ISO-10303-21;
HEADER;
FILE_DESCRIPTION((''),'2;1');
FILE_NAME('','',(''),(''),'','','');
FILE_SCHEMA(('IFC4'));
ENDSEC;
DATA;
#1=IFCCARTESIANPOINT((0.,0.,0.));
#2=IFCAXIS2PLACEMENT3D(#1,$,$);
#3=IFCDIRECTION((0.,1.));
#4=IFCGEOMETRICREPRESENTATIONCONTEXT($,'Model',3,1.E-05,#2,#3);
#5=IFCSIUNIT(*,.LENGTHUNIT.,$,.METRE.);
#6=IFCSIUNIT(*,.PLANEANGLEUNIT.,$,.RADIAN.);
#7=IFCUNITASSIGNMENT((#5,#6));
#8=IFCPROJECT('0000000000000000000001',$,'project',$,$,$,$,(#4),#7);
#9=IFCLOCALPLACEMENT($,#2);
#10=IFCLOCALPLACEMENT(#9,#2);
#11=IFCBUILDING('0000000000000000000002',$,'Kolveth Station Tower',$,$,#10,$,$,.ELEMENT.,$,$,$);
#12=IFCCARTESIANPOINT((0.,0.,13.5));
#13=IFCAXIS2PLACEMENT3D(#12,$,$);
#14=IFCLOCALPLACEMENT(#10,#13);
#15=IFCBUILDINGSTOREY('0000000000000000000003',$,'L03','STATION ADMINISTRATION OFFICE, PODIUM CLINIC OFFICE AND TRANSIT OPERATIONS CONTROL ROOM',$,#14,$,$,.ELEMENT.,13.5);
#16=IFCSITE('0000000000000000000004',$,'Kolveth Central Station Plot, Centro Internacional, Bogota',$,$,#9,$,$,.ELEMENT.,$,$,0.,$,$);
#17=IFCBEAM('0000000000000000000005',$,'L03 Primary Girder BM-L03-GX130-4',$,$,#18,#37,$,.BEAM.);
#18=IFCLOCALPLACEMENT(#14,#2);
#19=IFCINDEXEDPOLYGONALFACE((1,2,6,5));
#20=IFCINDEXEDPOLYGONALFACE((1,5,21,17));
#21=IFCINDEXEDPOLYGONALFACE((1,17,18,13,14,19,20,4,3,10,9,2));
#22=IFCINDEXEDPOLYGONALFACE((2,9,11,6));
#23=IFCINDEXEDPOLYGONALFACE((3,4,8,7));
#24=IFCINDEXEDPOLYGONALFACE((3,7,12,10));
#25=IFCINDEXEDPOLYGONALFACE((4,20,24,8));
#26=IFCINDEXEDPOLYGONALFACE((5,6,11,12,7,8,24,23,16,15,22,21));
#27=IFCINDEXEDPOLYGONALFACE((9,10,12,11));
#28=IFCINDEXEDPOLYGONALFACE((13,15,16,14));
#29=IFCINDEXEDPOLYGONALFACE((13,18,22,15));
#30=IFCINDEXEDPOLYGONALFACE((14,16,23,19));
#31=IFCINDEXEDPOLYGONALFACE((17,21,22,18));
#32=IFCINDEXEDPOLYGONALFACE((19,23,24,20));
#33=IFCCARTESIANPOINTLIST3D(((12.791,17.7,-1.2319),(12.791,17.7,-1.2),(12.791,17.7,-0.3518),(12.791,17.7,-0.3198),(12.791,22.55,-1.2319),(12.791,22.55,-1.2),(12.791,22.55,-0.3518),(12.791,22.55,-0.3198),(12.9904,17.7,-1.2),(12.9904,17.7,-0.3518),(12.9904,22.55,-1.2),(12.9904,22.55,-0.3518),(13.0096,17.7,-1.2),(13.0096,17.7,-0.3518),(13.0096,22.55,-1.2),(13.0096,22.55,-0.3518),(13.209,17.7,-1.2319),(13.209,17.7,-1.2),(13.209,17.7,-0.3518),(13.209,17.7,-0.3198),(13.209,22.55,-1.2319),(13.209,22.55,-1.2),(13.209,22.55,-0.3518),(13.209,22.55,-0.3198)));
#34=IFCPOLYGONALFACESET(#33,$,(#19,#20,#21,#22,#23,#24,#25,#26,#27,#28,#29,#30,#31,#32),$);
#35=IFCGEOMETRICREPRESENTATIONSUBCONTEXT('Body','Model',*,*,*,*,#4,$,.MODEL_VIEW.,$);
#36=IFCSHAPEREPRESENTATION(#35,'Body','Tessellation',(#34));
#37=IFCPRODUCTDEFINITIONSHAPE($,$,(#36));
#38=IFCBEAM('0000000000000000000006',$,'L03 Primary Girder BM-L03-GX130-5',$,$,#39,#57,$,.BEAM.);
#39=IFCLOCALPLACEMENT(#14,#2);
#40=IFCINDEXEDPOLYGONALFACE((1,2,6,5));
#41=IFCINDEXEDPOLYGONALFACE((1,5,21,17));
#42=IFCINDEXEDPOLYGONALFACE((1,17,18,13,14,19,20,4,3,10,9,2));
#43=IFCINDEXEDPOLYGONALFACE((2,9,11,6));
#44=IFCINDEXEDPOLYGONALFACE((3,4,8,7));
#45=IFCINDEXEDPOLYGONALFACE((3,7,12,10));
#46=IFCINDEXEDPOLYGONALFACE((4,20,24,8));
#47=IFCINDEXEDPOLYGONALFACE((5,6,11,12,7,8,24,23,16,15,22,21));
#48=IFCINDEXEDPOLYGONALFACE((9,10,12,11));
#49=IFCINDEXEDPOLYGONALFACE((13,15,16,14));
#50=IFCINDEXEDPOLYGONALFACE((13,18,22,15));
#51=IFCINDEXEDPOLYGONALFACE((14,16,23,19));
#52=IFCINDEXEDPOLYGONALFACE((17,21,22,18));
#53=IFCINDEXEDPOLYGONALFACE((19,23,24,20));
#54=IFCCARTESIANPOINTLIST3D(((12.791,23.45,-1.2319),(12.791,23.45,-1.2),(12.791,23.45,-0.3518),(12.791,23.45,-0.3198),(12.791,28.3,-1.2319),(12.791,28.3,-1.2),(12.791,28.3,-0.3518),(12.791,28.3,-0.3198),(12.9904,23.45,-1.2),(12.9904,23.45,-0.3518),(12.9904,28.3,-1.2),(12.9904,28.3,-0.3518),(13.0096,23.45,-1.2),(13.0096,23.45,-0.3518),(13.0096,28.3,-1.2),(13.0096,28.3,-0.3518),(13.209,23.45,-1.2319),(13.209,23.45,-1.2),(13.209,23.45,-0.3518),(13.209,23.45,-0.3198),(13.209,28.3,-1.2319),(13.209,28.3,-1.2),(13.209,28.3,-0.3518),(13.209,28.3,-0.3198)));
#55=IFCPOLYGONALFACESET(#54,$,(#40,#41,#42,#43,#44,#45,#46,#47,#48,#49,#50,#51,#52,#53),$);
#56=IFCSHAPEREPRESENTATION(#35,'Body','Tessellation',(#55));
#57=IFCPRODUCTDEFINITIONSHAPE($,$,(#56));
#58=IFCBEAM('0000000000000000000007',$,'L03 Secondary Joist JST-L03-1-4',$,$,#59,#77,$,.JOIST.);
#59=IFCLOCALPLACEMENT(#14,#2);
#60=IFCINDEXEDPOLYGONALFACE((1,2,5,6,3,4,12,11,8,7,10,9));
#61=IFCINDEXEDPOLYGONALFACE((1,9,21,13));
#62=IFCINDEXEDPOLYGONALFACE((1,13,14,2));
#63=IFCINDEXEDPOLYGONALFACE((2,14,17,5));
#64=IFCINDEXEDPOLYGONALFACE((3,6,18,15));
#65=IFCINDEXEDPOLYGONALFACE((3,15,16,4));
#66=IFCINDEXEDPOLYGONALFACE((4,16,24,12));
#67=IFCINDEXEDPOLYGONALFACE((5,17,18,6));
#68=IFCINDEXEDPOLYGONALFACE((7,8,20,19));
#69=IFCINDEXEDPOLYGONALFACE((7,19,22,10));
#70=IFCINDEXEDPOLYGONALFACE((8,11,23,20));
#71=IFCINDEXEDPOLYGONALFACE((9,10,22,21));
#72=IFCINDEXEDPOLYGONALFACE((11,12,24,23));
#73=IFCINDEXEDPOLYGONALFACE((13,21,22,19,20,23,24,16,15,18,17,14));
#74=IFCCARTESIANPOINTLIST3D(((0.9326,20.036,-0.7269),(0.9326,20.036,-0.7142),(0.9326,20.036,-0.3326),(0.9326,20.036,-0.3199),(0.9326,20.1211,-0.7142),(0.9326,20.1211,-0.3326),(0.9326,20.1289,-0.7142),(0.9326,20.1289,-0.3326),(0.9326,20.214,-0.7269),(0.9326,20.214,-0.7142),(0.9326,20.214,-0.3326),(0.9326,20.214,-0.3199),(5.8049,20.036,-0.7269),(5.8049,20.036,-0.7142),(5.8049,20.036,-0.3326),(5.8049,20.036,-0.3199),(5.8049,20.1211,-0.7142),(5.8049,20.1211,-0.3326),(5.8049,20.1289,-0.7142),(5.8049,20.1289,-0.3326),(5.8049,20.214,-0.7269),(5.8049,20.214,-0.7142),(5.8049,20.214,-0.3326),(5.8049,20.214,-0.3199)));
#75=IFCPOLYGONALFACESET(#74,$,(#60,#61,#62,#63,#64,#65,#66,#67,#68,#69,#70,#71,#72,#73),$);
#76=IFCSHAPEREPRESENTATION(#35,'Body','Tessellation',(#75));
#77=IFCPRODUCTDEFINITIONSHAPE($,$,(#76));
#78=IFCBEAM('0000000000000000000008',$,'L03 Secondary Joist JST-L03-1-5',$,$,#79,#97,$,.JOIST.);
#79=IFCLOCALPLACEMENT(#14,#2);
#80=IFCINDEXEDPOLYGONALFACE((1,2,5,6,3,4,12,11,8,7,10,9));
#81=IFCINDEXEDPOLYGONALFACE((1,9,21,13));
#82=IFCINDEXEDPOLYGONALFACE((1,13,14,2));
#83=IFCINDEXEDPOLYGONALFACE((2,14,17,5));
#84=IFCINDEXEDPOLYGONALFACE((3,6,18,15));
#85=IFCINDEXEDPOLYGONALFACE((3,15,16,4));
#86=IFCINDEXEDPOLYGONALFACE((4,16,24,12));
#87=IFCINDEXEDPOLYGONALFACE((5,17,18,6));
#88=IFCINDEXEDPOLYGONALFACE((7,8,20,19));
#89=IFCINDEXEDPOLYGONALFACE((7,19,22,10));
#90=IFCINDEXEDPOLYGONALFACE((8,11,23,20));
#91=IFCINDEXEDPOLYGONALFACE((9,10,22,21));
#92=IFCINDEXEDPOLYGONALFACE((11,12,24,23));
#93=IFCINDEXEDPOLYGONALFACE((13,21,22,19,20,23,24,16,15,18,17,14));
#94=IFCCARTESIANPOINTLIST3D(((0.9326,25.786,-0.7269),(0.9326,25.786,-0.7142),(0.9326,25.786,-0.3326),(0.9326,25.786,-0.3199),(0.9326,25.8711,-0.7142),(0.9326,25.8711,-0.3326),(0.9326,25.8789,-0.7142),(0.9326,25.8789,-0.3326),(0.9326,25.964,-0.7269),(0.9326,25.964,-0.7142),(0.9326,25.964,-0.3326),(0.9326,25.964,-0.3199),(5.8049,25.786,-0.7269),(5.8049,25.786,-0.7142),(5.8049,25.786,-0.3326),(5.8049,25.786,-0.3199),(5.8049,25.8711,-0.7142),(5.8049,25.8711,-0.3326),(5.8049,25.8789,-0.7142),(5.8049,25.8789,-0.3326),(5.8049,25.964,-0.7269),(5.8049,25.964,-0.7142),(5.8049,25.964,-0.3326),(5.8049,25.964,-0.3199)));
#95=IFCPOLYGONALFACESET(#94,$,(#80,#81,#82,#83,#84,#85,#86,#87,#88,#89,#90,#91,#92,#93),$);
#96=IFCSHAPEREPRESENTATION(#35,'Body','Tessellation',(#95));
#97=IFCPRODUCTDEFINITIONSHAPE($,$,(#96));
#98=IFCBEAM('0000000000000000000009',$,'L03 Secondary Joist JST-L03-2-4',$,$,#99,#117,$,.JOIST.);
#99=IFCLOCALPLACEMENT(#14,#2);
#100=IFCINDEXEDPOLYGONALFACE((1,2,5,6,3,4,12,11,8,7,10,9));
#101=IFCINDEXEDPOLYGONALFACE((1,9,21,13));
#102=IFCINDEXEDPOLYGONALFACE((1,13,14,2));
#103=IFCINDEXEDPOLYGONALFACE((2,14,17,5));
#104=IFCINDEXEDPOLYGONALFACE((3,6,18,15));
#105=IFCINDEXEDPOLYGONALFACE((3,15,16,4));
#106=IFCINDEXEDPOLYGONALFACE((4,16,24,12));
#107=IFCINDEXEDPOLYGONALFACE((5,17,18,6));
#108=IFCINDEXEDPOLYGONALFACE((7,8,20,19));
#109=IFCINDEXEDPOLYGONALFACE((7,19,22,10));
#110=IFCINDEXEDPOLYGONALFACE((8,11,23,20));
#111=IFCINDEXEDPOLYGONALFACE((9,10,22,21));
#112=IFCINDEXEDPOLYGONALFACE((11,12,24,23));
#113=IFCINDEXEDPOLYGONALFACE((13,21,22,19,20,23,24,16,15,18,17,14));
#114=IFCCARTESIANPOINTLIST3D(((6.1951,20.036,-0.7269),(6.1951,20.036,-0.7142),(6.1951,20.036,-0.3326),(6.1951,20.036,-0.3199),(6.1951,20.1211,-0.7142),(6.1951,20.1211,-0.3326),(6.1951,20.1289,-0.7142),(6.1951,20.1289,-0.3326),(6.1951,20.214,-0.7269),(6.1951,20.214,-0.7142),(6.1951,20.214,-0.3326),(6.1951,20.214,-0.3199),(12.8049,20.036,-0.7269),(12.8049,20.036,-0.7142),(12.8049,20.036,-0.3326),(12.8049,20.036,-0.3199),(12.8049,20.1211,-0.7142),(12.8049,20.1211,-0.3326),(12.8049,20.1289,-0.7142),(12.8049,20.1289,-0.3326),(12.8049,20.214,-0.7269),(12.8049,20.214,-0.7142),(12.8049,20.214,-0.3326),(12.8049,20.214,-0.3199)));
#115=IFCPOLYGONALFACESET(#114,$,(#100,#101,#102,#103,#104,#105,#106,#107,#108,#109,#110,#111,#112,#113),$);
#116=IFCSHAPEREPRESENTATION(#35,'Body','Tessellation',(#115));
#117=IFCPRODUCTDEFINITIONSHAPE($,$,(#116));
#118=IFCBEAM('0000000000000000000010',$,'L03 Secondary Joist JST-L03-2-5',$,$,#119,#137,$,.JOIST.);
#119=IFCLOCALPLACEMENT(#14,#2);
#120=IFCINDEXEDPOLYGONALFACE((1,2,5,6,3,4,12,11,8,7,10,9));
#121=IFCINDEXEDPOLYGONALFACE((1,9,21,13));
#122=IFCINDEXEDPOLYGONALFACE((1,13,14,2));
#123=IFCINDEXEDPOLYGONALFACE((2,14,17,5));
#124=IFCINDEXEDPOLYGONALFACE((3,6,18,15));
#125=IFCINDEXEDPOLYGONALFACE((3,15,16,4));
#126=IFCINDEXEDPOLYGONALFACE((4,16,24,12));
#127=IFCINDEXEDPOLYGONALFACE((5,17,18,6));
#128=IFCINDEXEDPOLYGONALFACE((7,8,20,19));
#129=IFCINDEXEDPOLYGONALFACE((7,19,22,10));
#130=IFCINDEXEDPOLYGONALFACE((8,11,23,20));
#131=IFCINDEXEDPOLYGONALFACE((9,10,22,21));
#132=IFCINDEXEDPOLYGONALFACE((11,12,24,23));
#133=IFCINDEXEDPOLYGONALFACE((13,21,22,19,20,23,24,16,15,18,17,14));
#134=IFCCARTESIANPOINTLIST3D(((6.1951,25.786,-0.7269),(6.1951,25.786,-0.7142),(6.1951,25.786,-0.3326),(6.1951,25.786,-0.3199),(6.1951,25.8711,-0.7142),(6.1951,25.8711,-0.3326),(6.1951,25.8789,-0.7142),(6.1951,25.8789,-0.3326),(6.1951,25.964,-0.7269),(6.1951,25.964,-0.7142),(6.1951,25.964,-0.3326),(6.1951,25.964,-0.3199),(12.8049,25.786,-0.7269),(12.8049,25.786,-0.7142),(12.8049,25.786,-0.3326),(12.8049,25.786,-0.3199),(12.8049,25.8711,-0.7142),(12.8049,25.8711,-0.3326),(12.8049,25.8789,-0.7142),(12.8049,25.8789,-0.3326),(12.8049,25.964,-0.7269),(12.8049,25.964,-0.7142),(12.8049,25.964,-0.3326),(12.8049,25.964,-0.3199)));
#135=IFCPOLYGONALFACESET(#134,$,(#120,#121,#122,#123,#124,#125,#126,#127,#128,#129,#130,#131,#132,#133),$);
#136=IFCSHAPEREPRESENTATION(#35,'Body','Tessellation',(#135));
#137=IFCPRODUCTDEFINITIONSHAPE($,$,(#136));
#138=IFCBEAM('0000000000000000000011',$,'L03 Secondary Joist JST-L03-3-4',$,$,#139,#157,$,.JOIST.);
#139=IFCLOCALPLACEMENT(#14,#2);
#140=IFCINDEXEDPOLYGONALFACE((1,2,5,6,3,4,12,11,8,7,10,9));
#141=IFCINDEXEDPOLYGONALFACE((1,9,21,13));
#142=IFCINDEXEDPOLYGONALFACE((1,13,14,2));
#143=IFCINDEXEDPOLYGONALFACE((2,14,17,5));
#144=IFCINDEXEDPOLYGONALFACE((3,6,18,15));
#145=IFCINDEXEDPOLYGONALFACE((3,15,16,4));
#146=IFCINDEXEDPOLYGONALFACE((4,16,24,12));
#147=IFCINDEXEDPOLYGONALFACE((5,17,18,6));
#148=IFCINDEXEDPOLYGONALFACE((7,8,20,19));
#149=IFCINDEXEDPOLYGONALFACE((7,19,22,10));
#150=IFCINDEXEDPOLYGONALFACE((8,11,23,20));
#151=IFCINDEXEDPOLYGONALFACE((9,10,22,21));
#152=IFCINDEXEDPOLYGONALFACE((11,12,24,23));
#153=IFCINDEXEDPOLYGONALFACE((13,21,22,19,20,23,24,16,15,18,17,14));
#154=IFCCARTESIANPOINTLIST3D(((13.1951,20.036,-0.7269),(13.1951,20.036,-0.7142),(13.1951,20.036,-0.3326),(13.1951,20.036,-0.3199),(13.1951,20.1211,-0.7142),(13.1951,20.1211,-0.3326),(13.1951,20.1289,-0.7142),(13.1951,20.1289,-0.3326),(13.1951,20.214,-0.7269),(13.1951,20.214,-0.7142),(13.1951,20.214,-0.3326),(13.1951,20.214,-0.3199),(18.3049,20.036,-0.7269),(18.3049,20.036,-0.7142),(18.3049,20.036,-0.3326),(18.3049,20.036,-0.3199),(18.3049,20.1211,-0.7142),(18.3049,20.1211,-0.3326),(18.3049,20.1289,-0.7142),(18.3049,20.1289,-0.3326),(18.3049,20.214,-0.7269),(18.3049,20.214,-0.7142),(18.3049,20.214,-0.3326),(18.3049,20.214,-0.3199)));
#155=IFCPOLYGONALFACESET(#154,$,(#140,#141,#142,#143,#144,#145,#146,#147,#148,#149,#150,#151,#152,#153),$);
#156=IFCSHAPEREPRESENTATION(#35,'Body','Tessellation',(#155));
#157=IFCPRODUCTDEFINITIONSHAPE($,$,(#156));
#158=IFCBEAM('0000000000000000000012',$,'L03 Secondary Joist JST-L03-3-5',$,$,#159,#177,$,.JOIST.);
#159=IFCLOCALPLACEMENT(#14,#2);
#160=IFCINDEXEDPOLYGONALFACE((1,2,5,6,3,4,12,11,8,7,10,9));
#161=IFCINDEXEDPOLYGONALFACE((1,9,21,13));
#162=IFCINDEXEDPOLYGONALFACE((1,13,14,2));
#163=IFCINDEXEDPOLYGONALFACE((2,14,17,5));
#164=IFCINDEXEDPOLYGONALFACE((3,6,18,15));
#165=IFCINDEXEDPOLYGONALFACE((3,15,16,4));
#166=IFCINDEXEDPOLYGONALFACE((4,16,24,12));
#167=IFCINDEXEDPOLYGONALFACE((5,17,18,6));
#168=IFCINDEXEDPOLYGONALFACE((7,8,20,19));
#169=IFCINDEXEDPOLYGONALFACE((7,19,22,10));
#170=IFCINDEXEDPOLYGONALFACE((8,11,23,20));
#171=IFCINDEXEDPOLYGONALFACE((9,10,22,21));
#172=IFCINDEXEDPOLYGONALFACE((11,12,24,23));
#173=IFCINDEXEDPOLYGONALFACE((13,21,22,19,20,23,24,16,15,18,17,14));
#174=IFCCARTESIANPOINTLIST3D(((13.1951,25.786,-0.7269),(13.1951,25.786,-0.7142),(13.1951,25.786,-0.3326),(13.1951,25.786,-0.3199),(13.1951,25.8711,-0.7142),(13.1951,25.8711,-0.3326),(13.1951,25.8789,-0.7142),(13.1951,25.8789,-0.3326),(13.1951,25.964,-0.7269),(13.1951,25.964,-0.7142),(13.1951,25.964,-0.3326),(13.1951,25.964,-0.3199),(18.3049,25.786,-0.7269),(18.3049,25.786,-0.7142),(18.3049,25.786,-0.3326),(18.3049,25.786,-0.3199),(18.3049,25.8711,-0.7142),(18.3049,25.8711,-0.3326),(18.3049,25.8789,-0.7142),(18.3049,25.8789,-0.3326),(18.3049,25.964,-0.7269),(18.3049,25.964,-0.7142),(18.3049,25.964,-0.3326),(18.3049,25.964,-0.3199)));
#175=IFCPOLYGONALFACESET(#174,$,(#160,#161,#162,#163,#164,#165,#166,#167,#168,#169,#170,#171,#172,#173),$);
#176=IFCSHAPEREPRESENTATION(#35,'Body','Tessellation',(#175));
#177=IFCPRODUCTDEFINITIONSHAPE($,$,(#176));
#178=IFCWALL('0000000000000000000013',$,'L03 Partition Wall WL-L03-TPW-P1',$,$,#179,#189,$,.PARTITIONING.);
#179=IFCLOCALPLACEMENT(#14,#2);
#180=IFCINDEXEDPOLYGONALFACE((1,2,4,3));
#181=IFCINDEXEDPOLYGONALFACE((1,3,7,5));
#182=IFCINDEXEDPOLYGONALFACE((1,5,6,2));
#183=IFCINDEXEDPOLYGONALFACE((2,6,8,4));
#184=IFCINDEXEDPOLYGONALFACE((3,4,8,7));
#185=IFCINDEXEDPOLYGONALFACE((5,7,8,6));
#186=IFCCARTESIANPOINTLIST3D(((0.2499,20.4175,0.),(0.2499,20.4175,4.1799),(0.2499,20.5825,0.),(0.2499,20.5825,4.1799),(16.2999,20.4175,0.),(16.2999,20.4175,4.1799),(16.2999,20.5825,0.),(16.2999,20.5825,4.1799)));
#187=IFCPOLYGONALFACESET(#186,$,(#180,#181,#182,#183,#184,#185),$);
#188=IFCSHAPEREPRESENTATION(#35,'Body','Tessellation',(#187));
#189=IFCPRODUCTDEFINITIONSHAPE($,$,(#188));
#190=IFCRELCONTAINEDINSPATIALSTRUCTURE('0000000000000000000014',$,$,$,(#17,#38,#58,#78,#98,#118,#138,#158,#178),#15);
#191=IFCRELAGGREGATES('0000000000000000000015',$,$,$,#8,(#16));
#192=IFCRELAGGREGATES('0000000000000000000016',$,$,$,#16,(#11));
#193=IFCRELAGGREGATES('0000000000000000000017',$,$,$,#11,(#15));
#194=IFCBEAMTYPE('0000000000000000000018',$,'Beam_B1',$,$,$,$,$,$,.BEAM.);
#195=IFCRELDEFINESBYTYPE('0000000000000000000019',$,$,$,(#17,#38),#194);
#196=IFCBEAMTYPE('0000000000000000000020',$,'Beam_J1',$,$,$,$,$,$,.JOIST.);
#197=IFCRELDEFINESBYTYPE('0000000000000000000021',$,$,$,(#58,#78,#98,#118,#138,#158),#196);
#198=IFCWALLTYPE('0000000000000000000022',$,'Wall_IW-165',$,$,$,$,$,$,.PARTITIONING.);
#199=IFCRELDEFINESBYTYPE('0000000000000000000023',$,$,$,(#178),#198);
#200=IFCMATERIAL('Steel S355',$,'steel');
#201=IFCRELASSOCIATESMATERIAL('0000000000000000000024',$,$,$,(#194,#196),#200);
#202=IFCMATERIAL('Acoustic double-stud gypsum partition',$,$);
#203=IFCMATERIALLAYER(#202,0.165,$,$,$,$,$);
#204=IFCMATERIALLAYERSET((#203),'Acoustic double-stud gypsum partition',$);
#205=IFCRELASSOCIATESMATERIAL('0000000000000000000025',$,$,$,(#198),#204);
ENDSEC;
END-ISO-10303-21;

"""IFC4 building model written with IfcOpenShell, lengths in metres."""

from ifc_helpers import new_model, si_unit, direction, frame, frame_2d, origin, origin_2d, place, context, subcontext, project, spatial, rectangle, i_section, extrude, source, transform, mapped, material, layer, layer_set, material_profile, profile_set, type_object, element, save


model = new_model("IFC4")

# Units and contexts
model_context = context("Model", 3, precision=1e-05, world=origin(), true_north=direction((0.0, 1.0)))
body_context = subcontext(model_context, "Body", "Model", "MODEL_VIEW")
ifc_project = project(units=[si_unit("LENGTHUNIT", "METRE"), si_unit("PLANEANGLEUNIT", "RADIAN")], contexts=[model_context])

# Site, building, storey
site_placement = place(None, origin())
site = spatial("IfcSite", under=ifc_project, at=site_placement, Name="Kolveth Central Station Plot, Centro Internacional, Bogota", CompositionType="ELEMENT", RefElevation=0.0)
building_placement = place(site_placement, origin())
building = spatial("IfcBuilding", under=site, at=building_placement, Name="Kolveth Station Tower", CompositionType="ELEMENT")
storey_placement = place(building_placement, frame((0.0, 0.0, 13.5)))
storey = spatial("IfcBuildingStorey", under=building, at=storey_placement, Name="L03", Description="STATION ADMINISTRATION OFFICE, PODIUM CLINIC OFFICE AND TRANSIT OPERATIONS CONTROL ROOM", CompositionType="ELEMENT", Elevation=13.5)

# Beams
ifc_material_1 = material(Name="Steel S355", Category="steel")
ifc_material_profile_1 = material_profile(ifc_material_1, i_section(OverallWidth=0.418, OverallDepth=0.9121, WebThickness=0.0193, FlangeThickness=0.032, at=origin_2d()), Name="W920x342")
ifc_profile_set_1 = profile_set([ifc_material_profile_1], Name="Steel S355")
beam_type_1 = type_object("IfcBeamType", Name="Beam_B1", PredefinedType="BEAM", material=ifc_profile_set_1)
shared_shape_1 = source(origin(), body_context, "Body", "SweptSolid", [
    extrude(i_section(OverallWidth=0.418, OverallDepth=0.9121, WebThickness=0.0193, FlangeThickness=0.032, at=origin_2d()), origin(), (0.0, 0.0, 1.0), 4.8501),
])
for number, where, z_axis, x_axis, name in (
    (1, (13.0, 17.7, -0.7759), (0.0, 1.0, 0.0), (-1.0, 0.0, 0.0), "L03 Primary Girder BM-L03-GX130-4"),
    (2, (13.0, 23.45, -0.7759), (0.0, 1.0, 0.0), (-1.0, 0.0, 0.0), "L03 Primary Girder BM-L03-GX130-5"),
):
    element("IfcBeam", number, at=place(storey_placement, frame(where, z_axis=z_axis, x_axis=x_axis)), inside=storey, type_object=beam_type_1, Name=name, PredefinedType="BEAM", context=body_context, shape_type="MappedRepresentation", body=[
        mapped(shared_shape_1, transform((0.0, 0.0, 0.0), x_axis=(1.0, 0.0, 0.0), y_axis=(0.0, 1.0, 0.0), z_axis=(0.0, 0.0, 1.0), scale=1.0)),
    ])
ifc_material_profile_2 = material_profile(ifc_material_1, i_section(OverallWidth=0.178, OverallDepth=0.407, WebThickness=0.0078, FlangeThickness=0.0127, at=origin_2d()), Name="W410x60")
ifc_profile_set_2 = profile_set([ifc_material_profile_2], Name="Steel S355")
beam_type_2 = type_object("IfcBeamType", Name="Beam_J1", PredefinedType="JOIST", material=ifc_profile_set_2)
shared_shape_2 = source(origin(), body_context, "Body", "SweptSolid", [
    extrude(i_section(OverallWidth=0.178, OverallDepth=0.407, WebThickness=0.0078, FlangeThickness=0.0127, at=origin_2d()), origin(), (0.0, 0.0, 1.0), 4.8723),
])
for number, where, z_axis, x_axis, name in (
    (3, (0.9326, 20.125, -0.5234), (1.0, 0.0, 0.0), (0.0, 1.0, 0.0), "L03 Secondary Joist JST-L03-1-4"),
    (4, (0.9326, 25.875, -0.5234), (1.0, 0.0, 0.0), (0.0, 1.0, 0.0), "L03 Secondary Joist JST-L03-1-5"),
):
    element("IfcBeam", number, at=place(storey_placement, frame(where, z_axis=z_axis, x_axis=x_axis)), inside=storey, type_object=beam_type_2, Name=name, PredefinedType="JOIST", context=body_context, shape_type="MappedRepresentation", body=[
        mapped(shared_shape_2, transform((0.0, 0.0, 0.0), x_axis=(1.0, 0.0, 0.0), y_axis=(0.0, 1.0, 0.0), z_axis=(0.0, 0.0, 1.0), scale=1.0)),
    ])
shared_shape_3 = source(origin(), body_context, "Body", "SweptSolid", [
    extrude(i_section(OverallWidth=0.178, OverallDepth=0.407, WebThickness=0.0078, FlangeThickness=0.0127, at=origin_2d()), origin(), (0.0, 0.0, 1.0), 6.6099),
])
for number, where, z_axis, x_axis, name in (
    (5, (6.1951, 20.125, -0.5234), (1.0, 0.0, 0.0), (0.0, 1.0, 0.0), "L03 Secondary Joist JST-L03-2-4"),
    (6, (6.1951, 25.875, -0.5234), (1.0, 0.0, 0.0), (0.0, 1.0, 0.0), "L03 Secondary Joist JST-L03-2-5"),
):
    element("IfcBeam", number, at=place(storey_placement, frame(where, z_axis=z_axis, x_axis=x_axis)), inside=storey, type_object=beam_type_2, Name=name, PredefinedType="JOIST", context=body_context, shape_type="MappedRepresentation", body=[
        mapped(shared_shape_3, transform((0.0, 0.0, 0.0), x_axis=(1.0, 0.0, 0.0), y_axis=(0.0, 1.0, 0.0), z_axis=(0.0, 0.0, 1.0), scale=1.0)),
    ])
shared_shape_4 = source(origin(), body_context, "Body", "SweptSolid", [
    extrude(i_section(OverallWidth=0.178, OverallDepth=0.407, WebThickness=0.0078, FlangeThickness=0.0127, at=origin_2d()), origin(), (0.0, 0.0, 1.0), 5.1099),
])
for number, where, z_axis, x_axis, name in (
    (7, (13.1951, 20.125, -0.5234), (1.0, 0.0, 0.0), (0.0, 1.0, 0.0), "L03 Secondary Joist JST-L03-3-4"),
    (8, (13.1951, 25.875, -0.5234), (1.0, 0.0, 0.0), (0.0, 1.0, 0.0), "L03 Secondary Joist JST-L03-3-5"),
):
    element("IfcBeam", number, at=place(storey_placement, frame(where, z_axis=z_axis, x_axis=x_axis)), inside=storey, type_object=beam_type_2, Name=name, PredefinedType="JOIST", context=body_context, shape_type="MappedRepresentation", body=[
        mapped(shared_shape_4, transform((0.0, 0.0, 0.0), x_axis=(1.0, 0.0, 0.0), y_axis=(0.0, 1.0, 0.0), z_axis=(0.0, 0.0, 1.0), scale=1.0)),
    ])

# Wall
ifc_material_2 = material(Name="Acoustic double-stud gypsum partition")
ifc_layer = layer(ifc_material_2, 0.165)
ifc_layer_set = layer_set([ifc_layer], Name="Acoustic double-stud gypsum partition")
wall_type = type_object("IfcWallType", Name="Wall_IW-165", PredefinedType="PARTITIONING", material=ifc_layer_set)
wall_placement = place(storey_placement, frame((0.25, 20.5, 0.0), z_axis=(0.0, 0.0, 1.0), x_axis=(1.0, 0.0, 0.0)))
element("IfcWall", 9, at=wall_placement, inside=storey, type_object=wall_type, Name="L03 Partition Wall WL-L03-TPW-P1", PredefinedType="PARTITIONING", context=body_context, shape_type="SweptSolid", body=[
    extrude(rectangle(XDim=16.05, YDim=0.165, at=frame_2d((8.0249, 0.0))), origin(), (0.0, 0.0, 1.0), 4.1799),
])

save(model, "model.ifc")
